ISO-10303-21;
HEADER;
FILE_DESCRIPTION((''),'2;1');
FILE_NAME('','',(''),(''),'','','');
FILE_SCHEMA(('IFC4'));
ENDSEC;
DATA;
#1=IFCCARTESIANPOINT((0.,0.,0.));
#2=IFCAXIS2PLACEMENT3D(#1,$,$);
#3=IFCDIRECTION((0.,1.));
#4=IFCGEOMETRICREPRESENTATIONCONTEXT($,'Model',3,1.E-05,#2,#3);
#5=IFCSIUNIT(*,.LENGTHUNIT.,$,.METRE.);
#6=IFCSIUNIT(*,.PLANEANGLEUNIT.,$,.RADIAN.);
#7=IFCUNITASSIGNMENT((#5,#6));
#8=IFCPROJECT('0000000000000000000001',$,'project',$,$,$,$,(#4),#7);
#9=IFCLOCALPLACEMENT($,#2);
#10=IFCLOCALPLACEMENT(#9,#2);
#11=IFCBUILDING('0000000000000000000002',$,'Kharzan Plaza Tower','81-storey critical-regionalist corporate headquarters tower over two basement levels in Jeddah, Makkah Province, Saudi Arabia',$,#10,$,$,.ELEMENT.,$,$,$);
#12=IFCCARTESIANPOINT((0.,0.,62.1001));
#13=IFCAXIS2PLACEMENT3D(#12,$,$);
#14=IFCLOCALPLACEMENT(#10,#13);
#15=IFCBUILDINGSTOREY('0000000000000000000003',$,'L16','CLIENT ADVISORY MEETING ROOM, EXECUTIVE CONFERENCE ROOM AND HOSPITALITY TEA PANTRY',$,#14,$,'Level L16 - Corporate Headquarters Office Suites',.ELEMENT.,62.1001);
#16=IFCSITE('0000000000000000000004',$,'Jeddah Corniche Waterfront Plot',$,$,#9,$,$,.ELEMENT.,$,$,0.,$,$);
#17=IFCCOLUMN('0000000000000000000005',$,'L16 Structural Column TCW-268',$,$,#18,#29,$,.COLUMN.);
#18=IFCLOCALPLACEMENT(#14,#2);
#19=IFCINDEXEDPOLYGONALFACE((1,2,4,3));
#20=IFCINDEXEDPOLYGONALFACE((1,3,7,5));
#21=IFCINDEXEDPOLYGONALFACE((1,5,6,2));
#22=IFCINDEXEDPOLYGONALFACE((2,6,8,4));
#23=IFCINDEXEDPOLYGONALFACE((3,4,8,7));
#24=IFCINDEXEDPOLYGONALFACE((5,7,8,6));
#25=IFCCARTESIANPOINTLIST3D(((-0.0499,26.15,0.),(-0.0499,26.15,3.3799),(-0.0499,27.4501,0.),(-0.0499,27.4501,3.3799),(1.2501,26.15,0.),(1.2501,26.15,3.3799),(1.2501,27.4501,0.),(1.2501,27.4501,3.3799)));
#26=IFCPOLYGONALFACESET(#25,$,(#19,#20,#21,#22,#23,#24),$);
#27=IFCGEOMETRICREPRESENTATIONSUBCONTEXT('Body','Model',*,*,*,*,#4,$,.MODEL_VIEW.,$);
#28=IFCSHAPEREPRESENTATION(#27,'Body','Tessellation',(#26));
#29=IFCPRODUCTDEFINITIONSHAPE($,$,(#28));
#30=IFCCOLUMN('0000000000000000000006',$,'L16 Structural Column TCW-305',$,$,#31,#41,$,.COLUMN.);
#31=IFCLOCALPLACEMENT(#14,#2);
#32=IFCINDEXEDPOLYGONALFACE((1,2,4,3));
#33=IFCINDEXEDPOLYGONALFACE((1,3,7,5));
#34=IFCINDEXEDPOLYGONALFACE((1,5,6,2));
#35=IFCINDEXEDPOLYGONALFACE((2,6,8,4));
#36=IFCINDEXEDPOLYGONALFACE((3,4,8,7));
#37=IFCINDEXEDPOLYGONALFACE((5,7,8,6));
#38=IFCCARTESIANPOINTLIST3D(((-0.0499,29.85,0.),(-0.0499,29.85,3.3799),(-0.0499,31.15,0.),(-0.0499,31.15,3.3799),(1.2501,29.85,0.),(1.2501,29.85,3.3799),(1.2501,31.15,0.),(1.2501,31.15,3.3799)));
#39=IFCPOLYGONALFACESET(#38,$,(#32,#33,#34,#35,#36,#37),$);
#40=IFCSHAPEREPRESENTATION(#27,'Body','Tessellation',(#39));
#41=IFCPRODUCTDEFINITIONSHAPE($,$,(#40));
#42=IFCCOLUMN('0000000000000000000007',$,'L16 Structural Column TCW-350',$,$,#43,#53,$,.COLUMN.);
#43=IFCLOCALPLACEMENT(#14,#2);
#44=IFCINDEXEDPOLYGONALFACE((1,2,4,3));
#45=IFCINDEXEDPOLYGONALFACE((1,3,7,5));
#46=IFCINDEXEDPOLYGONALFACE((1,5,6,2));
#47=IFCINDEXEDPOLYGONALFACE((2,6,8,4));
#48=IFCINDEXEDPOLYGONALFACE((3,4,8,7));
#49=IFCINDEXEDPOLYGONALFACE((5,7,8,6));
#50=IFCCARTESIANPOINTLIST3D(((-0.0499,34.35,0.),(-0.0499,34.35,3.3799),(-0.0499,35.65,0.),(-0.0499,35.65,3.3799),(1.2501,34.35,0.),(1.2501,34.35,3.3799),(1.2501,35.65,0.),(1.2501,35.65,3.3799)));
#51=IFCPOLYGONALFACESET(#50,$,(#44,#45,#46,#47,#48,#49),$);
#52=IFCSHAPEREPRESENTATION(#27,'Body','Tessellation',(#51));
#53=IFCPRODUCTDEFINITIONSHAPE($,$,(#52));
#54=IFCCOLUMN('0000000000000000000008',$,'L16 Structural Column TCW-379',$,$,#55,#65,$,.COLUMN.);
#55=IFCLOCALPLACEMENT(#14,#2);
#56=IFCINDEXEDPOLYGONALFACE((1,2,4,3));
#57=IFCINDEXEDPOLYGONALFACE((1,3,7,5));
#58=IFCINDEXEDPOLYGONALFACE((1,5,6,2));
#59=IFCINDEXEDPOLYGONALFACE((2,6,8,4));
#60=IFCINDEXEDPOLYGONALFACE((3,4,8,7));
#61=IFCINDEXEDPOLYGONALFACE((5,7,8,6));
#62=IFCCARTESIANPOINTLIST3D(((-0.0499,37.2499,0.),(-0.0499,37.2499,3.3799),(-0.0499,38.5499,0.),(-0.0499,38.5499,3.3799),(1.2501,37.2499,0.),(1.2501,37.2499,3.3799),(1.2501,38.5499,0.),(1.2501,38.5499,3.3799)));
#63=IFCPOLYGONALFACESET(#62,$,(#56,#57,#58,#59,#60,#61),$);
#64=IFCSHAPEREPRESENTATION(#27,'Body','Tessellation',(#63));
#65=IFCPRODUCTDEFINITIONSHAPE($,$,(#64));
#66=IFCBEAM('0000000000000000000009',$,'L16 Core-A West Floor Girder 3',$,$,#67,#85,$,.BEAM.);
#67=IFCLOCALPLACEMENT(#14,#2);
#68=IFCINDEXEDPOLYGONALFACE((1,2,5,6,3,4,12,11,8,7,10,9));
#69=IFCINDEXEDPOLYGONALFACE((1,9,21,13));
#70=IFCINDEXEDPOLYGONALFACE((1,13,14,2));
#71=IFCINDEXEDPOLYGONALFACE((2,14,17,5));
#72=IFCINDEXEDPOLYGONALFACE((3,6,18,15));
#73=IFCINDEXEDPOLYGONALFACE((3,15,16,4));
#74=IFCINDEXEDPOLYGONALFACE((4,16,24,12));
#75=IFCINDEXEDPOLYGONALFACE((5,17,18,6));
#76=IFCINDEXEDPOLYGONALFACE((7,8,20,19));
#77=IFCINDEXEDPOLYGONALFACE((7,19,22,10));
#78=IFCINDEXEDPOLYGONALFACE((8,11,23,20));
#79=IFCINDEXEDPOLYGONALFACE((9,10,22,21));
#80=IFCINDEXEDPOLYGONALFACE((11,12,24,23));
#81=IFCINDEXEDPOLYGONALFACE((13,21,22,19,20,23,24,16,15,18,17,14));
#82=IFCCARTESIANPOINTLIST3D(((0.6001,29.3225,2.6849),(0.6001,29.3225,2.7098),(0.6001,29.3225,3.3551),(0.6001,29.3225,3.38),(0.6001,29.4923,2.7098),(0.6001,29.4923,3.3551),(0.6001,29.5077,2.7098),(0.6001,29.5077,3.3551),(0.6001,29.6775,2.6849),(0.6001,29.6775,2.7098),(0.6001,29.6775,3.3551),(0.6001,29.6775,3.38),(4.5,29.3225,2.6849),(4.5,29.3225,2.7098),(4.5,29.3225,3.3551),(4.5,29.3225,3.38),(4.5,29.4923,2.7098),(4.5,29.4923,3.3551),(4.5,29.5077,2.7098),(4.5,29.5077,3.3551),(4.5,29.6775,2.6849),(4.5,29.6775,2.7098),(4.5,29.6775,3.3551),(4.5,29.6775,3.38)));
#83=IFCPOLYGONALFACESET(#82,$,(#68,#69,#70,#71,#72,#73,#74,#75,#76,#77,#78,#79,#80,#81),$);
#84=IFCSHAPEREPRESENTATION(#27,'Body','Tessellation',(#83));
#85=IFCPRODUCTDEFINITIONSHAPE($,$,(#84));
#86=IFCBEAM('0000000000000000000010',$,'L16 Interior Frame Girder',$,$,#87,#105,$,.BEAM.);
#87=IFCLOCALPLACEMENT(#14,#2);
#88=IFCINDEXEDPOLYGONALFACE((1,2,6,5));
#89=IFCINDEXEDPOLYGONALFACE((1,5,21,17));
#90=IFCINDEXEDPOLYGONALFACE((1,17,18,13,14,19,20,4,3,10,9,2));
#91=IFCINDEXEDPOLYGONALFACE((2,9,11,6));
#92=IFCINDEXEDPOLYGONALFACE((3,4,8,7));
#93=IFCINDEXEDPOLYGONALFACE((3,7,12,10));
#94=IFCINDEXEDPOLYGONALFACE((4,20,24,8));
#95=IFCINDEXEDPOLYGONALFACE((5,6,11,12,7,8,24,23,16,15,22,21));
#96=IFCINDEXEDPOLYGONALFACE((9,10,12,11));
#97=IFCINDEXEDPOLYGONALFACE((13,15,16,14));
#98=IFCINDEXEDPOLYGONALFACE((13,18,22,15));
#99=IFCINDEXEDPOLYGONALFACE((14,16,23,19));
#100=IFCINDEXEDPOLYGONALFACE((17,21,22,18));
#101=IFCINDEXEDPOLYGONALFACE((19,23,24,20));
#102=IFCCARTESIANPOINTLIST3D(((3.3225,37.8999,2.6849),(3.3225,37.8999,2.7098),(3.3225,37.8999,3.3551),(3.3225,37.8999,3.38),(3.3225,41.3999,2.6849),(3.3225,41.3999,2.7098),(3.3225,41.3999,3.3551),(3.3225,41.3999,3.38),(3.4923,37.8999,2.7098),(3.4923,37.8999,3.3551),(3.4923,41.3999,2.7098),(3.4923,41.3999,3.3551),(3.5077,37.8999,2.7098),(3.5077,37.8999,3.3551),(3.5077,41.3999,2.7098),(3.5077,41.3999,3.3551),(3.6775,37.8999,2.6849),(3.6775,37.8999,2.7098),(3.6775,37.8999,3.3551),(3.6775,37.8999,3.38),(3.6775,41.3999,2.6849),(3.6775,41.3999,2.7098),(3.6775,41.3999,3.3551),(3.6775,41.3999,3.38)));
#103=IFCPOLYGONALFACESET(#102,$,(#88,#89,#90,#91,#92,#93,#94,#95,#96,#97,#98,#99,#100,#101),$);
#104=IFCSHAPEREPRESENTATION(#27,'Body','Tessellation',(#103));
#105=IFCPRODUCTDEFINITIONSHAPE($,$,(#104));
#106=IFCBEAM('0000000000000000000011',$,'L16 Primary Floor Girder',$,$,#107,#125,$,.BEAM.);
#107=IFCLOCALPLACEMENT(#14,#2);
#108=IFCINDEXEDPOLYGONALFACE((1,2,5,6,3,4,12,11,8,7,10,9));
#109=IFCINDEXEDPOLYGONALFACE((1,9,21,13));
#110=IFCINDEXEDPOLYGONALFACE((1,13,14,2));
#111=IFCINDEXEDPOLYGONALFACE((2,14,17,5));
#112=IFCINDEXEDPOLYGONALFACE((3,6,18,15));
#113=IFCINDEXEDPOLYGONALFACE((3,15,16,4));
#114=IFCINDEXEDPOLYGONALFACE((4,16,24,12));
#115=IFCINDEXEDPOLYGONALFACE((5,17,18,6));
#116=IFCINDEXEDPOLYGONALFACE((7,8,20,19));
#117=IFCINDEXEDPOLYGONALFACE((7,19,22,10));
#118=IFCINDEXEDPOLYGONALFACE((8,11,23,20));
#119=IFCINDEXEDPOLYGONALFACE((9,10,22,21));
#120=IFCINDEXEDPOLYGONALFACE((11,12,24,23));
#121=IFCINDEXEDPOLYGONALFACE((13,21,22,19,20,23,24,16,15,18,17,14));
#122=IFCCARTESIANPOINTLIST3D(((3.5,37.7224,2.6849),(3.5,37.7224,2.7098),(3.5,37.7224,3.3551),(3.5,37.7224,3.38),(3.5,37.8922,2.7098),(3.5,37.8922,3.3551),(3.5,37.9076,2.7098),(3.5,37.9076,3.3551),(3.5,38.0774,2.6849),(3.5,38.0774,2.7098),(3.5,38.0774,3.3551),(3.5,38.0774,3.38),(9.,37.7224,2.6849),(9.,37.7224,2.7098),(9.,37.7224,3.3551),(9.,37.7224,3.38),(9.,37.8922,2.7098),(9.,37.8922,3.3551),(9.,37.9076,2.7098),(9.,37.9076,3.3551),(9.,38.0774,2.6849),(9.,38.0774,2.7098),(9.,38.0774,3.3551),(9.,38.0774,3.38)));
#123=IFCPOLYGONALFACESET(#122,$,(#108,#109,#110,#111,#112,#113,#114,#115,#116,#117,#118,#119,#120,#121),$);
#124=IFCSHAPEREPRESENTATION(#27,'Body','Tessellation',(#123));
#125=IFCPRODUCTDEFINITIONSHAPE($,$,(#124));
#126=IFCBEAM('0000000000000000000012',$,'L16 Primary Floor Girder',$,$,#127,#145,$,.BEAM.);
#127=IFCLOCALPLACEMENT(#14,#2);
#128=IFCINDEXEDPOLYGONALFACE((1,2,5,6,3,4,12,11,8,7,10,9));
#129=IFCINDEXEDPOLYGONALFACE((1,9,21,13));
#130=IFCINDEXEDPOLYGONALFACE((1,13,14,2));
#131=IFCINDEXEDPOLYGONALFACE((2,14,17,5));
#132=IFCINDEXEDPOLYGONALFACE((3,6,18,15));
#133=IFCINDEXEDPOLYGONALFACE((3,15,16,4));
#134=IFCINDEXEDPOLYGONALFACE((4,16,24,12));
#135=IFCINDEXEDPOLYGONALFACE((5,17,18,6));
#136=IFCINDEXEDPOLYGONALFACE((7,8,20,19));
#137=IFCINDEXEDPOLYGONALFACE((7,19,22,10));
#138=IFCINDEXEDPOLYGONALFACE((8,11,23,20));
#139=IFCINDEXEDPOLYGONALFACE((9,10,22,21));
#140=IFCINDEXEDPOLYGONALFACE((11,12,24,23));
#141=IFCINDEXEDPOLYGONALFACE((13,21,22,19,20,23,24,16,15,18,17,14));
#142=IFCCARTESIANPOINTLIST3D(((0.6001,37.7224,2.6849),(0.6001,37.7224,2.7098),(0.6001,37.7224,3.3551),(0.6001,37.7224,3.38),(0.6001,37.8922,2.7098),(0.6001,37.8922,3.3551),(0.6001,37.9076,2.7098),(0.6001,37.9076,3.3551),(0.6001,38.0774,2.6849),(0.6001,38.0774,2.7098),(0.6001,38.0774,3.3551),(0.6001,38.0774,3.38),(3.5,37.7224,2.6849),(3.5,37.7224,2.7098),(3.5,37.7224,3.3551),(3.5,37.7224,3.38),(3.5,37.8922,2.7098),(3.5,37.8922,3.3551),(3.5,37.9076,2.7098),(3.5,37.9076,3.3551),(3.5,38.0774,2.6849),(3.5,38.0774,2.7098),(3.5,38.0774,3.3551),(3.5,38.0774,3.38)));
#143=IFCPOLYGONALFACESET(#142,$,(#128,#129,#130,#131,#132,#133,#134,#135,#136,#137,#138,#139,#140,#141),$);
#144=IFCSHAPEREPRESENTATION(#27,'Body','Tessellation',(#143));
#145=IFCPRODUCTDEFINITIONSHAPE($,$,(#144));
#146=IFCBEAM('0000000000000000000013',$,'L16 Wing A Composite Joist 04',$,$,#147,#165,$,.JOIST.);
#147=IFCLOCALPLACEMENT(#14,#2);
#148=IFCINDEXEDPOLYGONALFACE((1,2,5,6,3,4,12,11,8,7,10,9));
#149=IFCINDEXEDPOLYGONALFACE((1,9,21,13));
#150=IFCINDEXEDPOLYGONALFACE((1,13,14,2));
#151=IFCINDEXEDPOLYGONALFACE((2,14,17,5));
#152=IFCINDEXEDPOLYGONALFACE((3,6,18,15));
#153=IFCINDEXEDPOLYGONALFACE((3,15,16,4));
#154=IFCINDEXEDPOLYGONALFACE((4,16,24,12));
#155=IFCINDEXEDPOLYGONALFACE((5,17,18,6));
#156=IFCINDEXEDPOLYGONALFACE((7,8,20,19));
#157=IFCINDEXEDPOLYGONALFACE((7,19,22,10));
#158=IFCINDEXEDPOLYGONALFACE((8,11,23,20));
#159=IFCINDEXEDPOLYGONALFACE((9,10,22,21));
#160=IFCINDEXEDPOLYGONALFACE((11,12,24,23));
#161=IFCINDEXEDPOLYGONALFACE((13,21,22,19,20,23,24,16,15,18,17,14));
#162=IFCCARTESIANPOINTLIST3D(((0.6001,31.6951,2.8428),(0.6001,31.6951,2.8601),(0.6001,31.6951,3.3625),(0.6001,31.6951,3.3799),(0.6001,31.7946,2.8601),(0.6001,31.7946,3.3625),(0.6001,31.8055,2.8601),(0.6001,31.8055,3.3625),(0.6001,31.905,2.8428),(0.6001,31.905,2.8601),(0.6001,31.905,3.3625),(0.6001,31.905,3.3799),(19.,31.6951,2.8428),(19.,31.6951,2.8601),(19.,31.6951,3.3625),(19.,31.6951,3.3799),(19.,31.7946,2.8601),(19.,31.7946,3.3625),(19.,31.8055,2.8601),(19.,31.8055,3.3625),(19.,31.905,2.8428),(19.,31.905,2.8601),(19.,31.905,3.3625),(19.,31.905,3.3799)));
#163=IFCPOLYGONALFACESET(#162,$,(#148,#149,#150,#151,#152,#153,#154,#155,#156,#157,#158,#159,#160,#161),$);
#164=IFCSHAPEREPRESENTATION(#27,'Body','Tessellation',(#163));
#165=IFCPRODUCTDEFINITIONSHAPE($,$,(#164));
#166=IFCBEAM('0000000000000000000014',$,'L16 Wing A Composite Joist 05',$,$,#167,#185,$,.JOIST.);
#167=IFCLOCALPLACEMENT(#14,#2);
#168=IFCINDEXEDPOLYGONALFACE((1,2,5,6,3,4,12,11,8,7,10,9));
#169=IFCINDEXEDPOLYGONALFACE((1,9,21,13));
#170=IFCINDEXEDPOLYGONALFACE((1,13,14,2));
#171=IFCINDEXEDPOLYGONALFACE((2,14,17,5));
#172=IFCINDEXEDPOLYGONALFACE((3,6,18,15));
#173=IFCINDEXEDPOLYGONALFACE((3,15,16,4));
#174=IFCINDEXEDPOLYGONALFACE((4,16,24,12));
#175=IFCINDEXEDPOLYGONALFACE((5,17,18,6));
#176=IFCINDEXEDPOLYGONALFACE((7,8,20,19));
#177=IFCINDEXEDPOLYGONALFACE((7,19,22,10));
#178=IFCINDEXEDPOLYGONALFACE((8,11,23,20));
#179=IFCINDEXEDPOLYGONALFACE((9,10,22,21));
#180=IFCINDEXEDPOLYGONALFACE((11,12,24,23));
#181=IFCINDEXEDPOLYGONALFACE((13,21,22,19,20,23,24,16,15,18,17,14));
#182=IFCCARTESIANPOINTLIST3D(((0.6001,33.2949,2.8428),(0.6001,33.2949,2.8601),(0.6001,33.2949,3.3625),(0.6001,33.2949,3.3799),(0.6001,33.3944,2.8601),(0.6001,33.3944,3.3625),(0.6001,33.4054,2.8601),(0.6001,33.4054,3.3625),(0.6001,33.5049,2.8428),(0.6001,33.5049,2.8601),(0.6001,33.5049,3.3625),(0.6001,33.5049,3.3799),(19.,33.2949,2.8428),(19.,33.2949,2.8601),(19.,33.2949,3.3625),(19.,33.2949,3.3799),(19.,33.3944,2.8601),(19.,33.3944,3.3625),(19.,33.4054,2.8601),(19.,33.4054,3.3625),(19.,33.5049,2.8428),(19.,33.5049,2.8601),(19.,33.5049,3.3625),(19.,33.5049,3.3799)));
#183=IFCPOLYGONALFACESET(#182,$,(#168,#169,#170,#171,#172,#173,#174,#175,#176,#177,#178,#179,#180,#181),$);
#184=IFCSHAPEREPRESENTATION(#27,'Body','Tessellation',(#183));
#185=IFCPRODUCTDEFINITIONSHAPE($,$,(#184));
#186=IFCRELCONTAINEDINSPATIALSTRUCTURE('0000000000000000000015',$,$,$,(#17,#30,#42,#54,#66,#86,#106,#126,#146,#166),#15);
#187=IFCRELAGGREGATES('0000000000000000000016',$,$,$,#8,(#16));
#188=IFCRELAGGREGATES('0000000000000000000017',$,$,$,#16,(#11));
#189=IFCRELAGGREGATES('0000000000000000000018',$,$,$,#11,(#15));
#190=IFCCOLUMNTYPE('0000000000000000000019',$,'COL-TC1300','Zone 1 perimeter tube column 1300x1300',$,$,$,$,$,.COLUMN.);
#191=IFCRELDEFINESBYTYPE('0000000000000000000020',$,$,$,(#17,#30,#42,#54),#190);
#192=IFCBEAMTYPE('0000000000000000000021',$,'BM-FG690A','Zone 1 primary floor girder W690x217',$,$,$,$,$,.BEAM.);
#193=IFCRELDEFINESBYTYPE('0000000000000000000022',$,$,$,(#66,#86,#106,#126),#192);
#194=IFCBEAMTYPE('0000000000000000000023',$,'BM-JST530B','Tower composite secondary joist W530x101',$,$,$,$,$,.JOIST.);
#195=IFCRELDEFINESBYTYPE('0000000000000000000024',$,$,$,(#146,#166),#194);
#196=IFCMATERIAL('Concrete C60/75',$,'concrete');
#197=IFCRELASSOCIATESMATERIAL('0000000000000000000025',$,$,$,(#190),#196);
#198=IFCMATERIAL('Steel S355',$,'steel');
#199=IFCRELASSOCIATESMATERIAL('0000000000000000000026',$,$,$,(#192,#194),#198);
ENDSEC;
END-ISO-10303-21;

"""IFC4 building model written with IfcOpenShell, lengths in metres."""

from ifc_helpers import new_model, si_unit, direction, frame, origin, origin_2d, place, context, subcontext, project, spatial, rectangle, i_section, extrude, source, transform, mapped, material, material_profile, profile_set, type_object, element, save


model = new_model("IFC4")

# Units and contexts
model_context = context("Model", 3, precision=1e-05, world=origin(), true_north=direction((0.0, 1.0)))
body_context = subcontext(model_context, "Body", "Model", "MODEL_VIEW")
ifc_project = project(units=[si_unit("LENGTHUNIT", "METRE"), si_unit("PLANEANGLEUNIT", "RADIAN")], contexts=[model_context])

# Site, building, storey
site_placement = place(None, origin())
site = spatial("IfcSite", under=ifc_project, at=site_placement, Name="Jeddah Corniche Waterfront Plot", CompositionType="ELEMENT", RefElevation=0.0)
building_placement = place(site_placement, origin())
building = spatial("IfcBuilding", under=site, at=building_placement, Name="Kharzan Plaza Tower", Description="81-storey critical-regionalist corporate headquarters tower over two basement levels in Jeddah, Makkah Province, Saudi Arabia", CompositionType="ELEMENT")
storey_placement = place(building_placement, frame((0.0, 0.0, 62.1001)))
storey = spatial("IfcBuildingStorey", under=building, at=storey_placement, Name="L16", Description="CLIENT ADVISORY MEETING ROOM, EXECUTIVE CONFERENCE ROOM AND HOSPITALITY TEA PANTRY", LongName="Level L16 - Corporate Headquarters Office Suites", CompositionType="ELEMENT", Elevation=62.1001)

# Columns
ifc_material_1 = material(Name="Concrete C60/75", Category="concrete")
ifc_material_profile_1 = material_profile(ifc_material_1, rectangle(XDim=1.3, YDim=1.3, at=origin_2d()), Name="RC-TC1300x1300")
ifc_profile_set_1 = profile_set([ifc_material_profile_1], Name="Concrete C60/75")
column_type = type_object("IfcColumnType", Name="COL-TC1300", Description="Zone 1 perimeter tube column 1300x1300", PredefinedType="COLUMN", material=ifc_profile_set_1)
shared_shape_1 = source(origin(), body_context, "Body", "SweptSolid", [
    extrude(rectangle(XDim=1.3, YDim=1.3, at=origin_2d()), origin(), (0.0, 0.0, 1.0), 3.3799),
])
for number, where, z_axis, x_axis, name in (
    (1, (0.6001, 26.8, 0.0), (0.0, 0.0, 1.0), (1.0, 0.0, 0.0), "L16 Structural Column TCW-268"),
    (2, (0.6001, 30.5, 0.0), (0.0, 0.0, 1.0), (1.0, 0.0, 0.0), "L16 Structural Column TCW-305"),
    (3, (0.6001, 35.0, 0.0), (0.0, 0.0, 1.0), (1.0, 0.0, 0.0), "L16 Structural Column TCW-350"),
    (4, (0.6001, 37.8999, 0.0), (0.0, 0.0, 1.0), (1.0, 0.0, 0.0), "L16 Structural Column TCW-379"),
):
    element("IfcColumn", number, at=place(storey_placement, frame(where, z_axis=z_axis, x_axis=x_axis)), inside=storey, type_object=column_type, Name=name, PredefinedType="COLUMN", context=body_context, shape_type="MappedRepresentation", body=[
        mapped(shared_shape_1, transform((0.0, 0.0, 0.0), x_axis=(1.0, 0.0, 0.0), y_axis=(0.0, 1.0, 0.0), z_axis=(0.0, 0.0, 1.0))),
    ])

# Beams
ifc_material_2 = material(Name="Steel S355", Category="steel")
ifc_material_profile_2 = material_profile(ifc_material_2, i_section(OverallWidth=0.355, OverallDepth=0.6951, WebThickness=0.0154, FlangeThickness=0.0249, at=origin_2d()), Name="W690x217")
ifc_profile_set_2 = profile_set([ifc_material_profile_2], Name="Steel S355")
beam_type_1 = type_object("IfcBeamType", Name="BM-FG690A", Description="Zone 1 primary floor girder W690x217", PredefinedType="BEAM", material=ifc_profile_set_2)
shared_shape_2 = source(origin(), body_context, "Body", "SweptSolid", [
    extrude(i_section(OverallWidth=0.355, OverallDepth=0.6951, WebThickness=0.0154, FlangeThickness=0.0249, at=origin_2d()), origin(), (0.0, 0.0, 1.0), 3.8999),
])
beam_1_placement = place(storey_placement, frame((0.6001, 29.5, 3.0325), z_axis=(1.0, 0.0, 0.0), x_axis=(0.0, 1.0, 0.0)))
element("IfcBeam", 5, at=beam_1_placement, inside=storey, type_object=beam_type_1, Name="L16 Core-A West Floor Girder 3", PredefinedType="BEAM", context=body_context, shape_type="MappedRepresentation", body=[
    mapped(shared_shape_2, transform((0.0, 0.0, 0.0), x_axis=(1.0, 0.0, 0.0), y_axis=(0.0, 1.0, 0.0), z_axis=(0.0, 0.0, 1.0))),
])
shared_shape_3 = source(origin(), body_context, "Body", "SweptSolid", [
    extrude(i_section(OverallWidth=0.355, OverallDepth=0.6951, WebThickness=0.0154, FlangeThickness=0.0249, at=origin_2d()), origin(), (0.0, 0.0, 1.0), 3.5),
])
beam_2_placement = place(storey_placement, frame((3.5, 37.8999, 3.0325), z_axis=(0.0, 1.0, 0.0), x_axis=(-1.0, 0.0, 0.0)))
element("IfcBeam", 6, at=beam_2_placement, inside=storey, type_object=beam_type_1, Name="L16 Interior Frame Girder", PredefinedType="BEAM", context=body_context, shape_type="MappedRepresentation", body=[
    mapped(shared_shape_3, transform((0.0, 0.0, 0.0), x_axis=(1.0, 0.0, 0.0), y_axis=(0.0, 1.0, 0.0), z_axis=(0.0, 0.0, 1.0))),
])
shared_shape_4 = source(origin(), body_context, "Body", "SweptSolid", [
    extrude(i_section(OverallWidth=0.355, OverallDepth=0.6951, WebThickness=0.0154, FlangeThickness=0.0249, at=origin_2d()), origin(), (0.0, 0.0, 1.0), 5.5),
])
beam_3_placement = place(storey_placement, frame((3.5, 37.8999, 3.0325), z_axis=(1.0, 0.0, 0.0), x_axis=(0.0, 1.0, 0.0)))
element("IfcBeam", 7, at=beam_3_placement, inside=storey, type_object=beam_type_1, Name="L16 Primary Floor Girder", PredefinedType="BEAM", context=body_context, shape_type="MappedRepresentation", body=[
    mapped(shared_shape_4, transform((0.0, 0.0, 0.0), x_axis=(1.0, 0.0, 0.0), y_axis=(0.0, 1.0, 0.0), z_axis=(0.0, 0.0, 1.0))),
])
shared_shape_5 = source(origin(), body_context, "Body", "SweptSolid", [
    extrude(i_section(OverallWidth=0.355, OverallDepth=0.6951, WebThickness=0.0154, FlangeThickness=0.0249, at=origin_2d()), origin(), (0.0, 0.0, 1.0), 2.8999),
])
beam_4_placement = place(storey_placement, frame((0.6001, 37.8999, 3.0325), z_axis=(1.0, 0.0, 0.0), x_axis=(0.0, 1.0, 0.0)))
element("IfcBeam", 8, at=beam_4_placement, inside=storey, type_object=beam_type_1, Name="L16 Primary Floor Girder", PredefinedType="BEAM", context=body_context, shape_type="MappedRepresentation", body=[
    mapped(shared_shape_5, transform((0.0, 0.0, 0.0), x_axis=(1.0, 0.0, 0.0), y_axis=(0.0, 1.0, 0.0), z_axis=(0.0, 0.0, 1.0))),
])
ifc_material_profile_3 = material_profile(ifc_material_2, i_section(OverallWidth=0.21, OverallDepth=0.5371, WebThickness=0.011, FlangeThickness=0.0173, at=origin_2d()), Name="W530x101")
ifc_profile_set_3 = profile_set([ifc_material_profile_3], Name="Steel S355")
beam_type_2 = type_object("IfcBeamType", Name="BM-JST530B", Description="Tower composite secondary joist W530x101", PredefinedType="JOIST", material=ifc_profile_set_3)
shared_shape_6 = source(origin(), body_context, "Body", "SweptSolid", [
    extrude(i_section(OverallWidth=0.21, OverallDepth=0.5371, WebThickness=0.011, FlangeThickness=0.0173, at=origin_2d()), origin(), (0.0, 0.0, 1.0), 18.3999),
])
for number, where, z_axis, x_axis, name in (
    (9, (0.6001, 31.8, 3.1113), (1.0, 0.0, 0.0), (0.0, 1.0, 0.0), "L16 Wing A Composite Joist 04"),
    (10, (0.6001, 33.3999, 3.1113), (1.0, 0.0, 0.0), (0.0, 1.0, 0.0), "L16 Wing A Composite Joist 05"),
):
    element("IfcBeam", number, at=place(storey_placement, frame(where, z_axis=z_axis, x_axis=x_axis)), inside=storey, type_object=beam_type_2, Name=name, PredefinedType="JOIST", context=body_context, shape_type="MappedRepresentation", body=[
        mapped(shared_shape_6, transform((0.0, 0.0, 0.0), x_axis=(1.0, 0.0, 0.0), y_axis=(0.0, 1.0, 0.0), z_axis=(0.0, 0.0, 1.0))),
    ])

save(model, "model.ifc")
